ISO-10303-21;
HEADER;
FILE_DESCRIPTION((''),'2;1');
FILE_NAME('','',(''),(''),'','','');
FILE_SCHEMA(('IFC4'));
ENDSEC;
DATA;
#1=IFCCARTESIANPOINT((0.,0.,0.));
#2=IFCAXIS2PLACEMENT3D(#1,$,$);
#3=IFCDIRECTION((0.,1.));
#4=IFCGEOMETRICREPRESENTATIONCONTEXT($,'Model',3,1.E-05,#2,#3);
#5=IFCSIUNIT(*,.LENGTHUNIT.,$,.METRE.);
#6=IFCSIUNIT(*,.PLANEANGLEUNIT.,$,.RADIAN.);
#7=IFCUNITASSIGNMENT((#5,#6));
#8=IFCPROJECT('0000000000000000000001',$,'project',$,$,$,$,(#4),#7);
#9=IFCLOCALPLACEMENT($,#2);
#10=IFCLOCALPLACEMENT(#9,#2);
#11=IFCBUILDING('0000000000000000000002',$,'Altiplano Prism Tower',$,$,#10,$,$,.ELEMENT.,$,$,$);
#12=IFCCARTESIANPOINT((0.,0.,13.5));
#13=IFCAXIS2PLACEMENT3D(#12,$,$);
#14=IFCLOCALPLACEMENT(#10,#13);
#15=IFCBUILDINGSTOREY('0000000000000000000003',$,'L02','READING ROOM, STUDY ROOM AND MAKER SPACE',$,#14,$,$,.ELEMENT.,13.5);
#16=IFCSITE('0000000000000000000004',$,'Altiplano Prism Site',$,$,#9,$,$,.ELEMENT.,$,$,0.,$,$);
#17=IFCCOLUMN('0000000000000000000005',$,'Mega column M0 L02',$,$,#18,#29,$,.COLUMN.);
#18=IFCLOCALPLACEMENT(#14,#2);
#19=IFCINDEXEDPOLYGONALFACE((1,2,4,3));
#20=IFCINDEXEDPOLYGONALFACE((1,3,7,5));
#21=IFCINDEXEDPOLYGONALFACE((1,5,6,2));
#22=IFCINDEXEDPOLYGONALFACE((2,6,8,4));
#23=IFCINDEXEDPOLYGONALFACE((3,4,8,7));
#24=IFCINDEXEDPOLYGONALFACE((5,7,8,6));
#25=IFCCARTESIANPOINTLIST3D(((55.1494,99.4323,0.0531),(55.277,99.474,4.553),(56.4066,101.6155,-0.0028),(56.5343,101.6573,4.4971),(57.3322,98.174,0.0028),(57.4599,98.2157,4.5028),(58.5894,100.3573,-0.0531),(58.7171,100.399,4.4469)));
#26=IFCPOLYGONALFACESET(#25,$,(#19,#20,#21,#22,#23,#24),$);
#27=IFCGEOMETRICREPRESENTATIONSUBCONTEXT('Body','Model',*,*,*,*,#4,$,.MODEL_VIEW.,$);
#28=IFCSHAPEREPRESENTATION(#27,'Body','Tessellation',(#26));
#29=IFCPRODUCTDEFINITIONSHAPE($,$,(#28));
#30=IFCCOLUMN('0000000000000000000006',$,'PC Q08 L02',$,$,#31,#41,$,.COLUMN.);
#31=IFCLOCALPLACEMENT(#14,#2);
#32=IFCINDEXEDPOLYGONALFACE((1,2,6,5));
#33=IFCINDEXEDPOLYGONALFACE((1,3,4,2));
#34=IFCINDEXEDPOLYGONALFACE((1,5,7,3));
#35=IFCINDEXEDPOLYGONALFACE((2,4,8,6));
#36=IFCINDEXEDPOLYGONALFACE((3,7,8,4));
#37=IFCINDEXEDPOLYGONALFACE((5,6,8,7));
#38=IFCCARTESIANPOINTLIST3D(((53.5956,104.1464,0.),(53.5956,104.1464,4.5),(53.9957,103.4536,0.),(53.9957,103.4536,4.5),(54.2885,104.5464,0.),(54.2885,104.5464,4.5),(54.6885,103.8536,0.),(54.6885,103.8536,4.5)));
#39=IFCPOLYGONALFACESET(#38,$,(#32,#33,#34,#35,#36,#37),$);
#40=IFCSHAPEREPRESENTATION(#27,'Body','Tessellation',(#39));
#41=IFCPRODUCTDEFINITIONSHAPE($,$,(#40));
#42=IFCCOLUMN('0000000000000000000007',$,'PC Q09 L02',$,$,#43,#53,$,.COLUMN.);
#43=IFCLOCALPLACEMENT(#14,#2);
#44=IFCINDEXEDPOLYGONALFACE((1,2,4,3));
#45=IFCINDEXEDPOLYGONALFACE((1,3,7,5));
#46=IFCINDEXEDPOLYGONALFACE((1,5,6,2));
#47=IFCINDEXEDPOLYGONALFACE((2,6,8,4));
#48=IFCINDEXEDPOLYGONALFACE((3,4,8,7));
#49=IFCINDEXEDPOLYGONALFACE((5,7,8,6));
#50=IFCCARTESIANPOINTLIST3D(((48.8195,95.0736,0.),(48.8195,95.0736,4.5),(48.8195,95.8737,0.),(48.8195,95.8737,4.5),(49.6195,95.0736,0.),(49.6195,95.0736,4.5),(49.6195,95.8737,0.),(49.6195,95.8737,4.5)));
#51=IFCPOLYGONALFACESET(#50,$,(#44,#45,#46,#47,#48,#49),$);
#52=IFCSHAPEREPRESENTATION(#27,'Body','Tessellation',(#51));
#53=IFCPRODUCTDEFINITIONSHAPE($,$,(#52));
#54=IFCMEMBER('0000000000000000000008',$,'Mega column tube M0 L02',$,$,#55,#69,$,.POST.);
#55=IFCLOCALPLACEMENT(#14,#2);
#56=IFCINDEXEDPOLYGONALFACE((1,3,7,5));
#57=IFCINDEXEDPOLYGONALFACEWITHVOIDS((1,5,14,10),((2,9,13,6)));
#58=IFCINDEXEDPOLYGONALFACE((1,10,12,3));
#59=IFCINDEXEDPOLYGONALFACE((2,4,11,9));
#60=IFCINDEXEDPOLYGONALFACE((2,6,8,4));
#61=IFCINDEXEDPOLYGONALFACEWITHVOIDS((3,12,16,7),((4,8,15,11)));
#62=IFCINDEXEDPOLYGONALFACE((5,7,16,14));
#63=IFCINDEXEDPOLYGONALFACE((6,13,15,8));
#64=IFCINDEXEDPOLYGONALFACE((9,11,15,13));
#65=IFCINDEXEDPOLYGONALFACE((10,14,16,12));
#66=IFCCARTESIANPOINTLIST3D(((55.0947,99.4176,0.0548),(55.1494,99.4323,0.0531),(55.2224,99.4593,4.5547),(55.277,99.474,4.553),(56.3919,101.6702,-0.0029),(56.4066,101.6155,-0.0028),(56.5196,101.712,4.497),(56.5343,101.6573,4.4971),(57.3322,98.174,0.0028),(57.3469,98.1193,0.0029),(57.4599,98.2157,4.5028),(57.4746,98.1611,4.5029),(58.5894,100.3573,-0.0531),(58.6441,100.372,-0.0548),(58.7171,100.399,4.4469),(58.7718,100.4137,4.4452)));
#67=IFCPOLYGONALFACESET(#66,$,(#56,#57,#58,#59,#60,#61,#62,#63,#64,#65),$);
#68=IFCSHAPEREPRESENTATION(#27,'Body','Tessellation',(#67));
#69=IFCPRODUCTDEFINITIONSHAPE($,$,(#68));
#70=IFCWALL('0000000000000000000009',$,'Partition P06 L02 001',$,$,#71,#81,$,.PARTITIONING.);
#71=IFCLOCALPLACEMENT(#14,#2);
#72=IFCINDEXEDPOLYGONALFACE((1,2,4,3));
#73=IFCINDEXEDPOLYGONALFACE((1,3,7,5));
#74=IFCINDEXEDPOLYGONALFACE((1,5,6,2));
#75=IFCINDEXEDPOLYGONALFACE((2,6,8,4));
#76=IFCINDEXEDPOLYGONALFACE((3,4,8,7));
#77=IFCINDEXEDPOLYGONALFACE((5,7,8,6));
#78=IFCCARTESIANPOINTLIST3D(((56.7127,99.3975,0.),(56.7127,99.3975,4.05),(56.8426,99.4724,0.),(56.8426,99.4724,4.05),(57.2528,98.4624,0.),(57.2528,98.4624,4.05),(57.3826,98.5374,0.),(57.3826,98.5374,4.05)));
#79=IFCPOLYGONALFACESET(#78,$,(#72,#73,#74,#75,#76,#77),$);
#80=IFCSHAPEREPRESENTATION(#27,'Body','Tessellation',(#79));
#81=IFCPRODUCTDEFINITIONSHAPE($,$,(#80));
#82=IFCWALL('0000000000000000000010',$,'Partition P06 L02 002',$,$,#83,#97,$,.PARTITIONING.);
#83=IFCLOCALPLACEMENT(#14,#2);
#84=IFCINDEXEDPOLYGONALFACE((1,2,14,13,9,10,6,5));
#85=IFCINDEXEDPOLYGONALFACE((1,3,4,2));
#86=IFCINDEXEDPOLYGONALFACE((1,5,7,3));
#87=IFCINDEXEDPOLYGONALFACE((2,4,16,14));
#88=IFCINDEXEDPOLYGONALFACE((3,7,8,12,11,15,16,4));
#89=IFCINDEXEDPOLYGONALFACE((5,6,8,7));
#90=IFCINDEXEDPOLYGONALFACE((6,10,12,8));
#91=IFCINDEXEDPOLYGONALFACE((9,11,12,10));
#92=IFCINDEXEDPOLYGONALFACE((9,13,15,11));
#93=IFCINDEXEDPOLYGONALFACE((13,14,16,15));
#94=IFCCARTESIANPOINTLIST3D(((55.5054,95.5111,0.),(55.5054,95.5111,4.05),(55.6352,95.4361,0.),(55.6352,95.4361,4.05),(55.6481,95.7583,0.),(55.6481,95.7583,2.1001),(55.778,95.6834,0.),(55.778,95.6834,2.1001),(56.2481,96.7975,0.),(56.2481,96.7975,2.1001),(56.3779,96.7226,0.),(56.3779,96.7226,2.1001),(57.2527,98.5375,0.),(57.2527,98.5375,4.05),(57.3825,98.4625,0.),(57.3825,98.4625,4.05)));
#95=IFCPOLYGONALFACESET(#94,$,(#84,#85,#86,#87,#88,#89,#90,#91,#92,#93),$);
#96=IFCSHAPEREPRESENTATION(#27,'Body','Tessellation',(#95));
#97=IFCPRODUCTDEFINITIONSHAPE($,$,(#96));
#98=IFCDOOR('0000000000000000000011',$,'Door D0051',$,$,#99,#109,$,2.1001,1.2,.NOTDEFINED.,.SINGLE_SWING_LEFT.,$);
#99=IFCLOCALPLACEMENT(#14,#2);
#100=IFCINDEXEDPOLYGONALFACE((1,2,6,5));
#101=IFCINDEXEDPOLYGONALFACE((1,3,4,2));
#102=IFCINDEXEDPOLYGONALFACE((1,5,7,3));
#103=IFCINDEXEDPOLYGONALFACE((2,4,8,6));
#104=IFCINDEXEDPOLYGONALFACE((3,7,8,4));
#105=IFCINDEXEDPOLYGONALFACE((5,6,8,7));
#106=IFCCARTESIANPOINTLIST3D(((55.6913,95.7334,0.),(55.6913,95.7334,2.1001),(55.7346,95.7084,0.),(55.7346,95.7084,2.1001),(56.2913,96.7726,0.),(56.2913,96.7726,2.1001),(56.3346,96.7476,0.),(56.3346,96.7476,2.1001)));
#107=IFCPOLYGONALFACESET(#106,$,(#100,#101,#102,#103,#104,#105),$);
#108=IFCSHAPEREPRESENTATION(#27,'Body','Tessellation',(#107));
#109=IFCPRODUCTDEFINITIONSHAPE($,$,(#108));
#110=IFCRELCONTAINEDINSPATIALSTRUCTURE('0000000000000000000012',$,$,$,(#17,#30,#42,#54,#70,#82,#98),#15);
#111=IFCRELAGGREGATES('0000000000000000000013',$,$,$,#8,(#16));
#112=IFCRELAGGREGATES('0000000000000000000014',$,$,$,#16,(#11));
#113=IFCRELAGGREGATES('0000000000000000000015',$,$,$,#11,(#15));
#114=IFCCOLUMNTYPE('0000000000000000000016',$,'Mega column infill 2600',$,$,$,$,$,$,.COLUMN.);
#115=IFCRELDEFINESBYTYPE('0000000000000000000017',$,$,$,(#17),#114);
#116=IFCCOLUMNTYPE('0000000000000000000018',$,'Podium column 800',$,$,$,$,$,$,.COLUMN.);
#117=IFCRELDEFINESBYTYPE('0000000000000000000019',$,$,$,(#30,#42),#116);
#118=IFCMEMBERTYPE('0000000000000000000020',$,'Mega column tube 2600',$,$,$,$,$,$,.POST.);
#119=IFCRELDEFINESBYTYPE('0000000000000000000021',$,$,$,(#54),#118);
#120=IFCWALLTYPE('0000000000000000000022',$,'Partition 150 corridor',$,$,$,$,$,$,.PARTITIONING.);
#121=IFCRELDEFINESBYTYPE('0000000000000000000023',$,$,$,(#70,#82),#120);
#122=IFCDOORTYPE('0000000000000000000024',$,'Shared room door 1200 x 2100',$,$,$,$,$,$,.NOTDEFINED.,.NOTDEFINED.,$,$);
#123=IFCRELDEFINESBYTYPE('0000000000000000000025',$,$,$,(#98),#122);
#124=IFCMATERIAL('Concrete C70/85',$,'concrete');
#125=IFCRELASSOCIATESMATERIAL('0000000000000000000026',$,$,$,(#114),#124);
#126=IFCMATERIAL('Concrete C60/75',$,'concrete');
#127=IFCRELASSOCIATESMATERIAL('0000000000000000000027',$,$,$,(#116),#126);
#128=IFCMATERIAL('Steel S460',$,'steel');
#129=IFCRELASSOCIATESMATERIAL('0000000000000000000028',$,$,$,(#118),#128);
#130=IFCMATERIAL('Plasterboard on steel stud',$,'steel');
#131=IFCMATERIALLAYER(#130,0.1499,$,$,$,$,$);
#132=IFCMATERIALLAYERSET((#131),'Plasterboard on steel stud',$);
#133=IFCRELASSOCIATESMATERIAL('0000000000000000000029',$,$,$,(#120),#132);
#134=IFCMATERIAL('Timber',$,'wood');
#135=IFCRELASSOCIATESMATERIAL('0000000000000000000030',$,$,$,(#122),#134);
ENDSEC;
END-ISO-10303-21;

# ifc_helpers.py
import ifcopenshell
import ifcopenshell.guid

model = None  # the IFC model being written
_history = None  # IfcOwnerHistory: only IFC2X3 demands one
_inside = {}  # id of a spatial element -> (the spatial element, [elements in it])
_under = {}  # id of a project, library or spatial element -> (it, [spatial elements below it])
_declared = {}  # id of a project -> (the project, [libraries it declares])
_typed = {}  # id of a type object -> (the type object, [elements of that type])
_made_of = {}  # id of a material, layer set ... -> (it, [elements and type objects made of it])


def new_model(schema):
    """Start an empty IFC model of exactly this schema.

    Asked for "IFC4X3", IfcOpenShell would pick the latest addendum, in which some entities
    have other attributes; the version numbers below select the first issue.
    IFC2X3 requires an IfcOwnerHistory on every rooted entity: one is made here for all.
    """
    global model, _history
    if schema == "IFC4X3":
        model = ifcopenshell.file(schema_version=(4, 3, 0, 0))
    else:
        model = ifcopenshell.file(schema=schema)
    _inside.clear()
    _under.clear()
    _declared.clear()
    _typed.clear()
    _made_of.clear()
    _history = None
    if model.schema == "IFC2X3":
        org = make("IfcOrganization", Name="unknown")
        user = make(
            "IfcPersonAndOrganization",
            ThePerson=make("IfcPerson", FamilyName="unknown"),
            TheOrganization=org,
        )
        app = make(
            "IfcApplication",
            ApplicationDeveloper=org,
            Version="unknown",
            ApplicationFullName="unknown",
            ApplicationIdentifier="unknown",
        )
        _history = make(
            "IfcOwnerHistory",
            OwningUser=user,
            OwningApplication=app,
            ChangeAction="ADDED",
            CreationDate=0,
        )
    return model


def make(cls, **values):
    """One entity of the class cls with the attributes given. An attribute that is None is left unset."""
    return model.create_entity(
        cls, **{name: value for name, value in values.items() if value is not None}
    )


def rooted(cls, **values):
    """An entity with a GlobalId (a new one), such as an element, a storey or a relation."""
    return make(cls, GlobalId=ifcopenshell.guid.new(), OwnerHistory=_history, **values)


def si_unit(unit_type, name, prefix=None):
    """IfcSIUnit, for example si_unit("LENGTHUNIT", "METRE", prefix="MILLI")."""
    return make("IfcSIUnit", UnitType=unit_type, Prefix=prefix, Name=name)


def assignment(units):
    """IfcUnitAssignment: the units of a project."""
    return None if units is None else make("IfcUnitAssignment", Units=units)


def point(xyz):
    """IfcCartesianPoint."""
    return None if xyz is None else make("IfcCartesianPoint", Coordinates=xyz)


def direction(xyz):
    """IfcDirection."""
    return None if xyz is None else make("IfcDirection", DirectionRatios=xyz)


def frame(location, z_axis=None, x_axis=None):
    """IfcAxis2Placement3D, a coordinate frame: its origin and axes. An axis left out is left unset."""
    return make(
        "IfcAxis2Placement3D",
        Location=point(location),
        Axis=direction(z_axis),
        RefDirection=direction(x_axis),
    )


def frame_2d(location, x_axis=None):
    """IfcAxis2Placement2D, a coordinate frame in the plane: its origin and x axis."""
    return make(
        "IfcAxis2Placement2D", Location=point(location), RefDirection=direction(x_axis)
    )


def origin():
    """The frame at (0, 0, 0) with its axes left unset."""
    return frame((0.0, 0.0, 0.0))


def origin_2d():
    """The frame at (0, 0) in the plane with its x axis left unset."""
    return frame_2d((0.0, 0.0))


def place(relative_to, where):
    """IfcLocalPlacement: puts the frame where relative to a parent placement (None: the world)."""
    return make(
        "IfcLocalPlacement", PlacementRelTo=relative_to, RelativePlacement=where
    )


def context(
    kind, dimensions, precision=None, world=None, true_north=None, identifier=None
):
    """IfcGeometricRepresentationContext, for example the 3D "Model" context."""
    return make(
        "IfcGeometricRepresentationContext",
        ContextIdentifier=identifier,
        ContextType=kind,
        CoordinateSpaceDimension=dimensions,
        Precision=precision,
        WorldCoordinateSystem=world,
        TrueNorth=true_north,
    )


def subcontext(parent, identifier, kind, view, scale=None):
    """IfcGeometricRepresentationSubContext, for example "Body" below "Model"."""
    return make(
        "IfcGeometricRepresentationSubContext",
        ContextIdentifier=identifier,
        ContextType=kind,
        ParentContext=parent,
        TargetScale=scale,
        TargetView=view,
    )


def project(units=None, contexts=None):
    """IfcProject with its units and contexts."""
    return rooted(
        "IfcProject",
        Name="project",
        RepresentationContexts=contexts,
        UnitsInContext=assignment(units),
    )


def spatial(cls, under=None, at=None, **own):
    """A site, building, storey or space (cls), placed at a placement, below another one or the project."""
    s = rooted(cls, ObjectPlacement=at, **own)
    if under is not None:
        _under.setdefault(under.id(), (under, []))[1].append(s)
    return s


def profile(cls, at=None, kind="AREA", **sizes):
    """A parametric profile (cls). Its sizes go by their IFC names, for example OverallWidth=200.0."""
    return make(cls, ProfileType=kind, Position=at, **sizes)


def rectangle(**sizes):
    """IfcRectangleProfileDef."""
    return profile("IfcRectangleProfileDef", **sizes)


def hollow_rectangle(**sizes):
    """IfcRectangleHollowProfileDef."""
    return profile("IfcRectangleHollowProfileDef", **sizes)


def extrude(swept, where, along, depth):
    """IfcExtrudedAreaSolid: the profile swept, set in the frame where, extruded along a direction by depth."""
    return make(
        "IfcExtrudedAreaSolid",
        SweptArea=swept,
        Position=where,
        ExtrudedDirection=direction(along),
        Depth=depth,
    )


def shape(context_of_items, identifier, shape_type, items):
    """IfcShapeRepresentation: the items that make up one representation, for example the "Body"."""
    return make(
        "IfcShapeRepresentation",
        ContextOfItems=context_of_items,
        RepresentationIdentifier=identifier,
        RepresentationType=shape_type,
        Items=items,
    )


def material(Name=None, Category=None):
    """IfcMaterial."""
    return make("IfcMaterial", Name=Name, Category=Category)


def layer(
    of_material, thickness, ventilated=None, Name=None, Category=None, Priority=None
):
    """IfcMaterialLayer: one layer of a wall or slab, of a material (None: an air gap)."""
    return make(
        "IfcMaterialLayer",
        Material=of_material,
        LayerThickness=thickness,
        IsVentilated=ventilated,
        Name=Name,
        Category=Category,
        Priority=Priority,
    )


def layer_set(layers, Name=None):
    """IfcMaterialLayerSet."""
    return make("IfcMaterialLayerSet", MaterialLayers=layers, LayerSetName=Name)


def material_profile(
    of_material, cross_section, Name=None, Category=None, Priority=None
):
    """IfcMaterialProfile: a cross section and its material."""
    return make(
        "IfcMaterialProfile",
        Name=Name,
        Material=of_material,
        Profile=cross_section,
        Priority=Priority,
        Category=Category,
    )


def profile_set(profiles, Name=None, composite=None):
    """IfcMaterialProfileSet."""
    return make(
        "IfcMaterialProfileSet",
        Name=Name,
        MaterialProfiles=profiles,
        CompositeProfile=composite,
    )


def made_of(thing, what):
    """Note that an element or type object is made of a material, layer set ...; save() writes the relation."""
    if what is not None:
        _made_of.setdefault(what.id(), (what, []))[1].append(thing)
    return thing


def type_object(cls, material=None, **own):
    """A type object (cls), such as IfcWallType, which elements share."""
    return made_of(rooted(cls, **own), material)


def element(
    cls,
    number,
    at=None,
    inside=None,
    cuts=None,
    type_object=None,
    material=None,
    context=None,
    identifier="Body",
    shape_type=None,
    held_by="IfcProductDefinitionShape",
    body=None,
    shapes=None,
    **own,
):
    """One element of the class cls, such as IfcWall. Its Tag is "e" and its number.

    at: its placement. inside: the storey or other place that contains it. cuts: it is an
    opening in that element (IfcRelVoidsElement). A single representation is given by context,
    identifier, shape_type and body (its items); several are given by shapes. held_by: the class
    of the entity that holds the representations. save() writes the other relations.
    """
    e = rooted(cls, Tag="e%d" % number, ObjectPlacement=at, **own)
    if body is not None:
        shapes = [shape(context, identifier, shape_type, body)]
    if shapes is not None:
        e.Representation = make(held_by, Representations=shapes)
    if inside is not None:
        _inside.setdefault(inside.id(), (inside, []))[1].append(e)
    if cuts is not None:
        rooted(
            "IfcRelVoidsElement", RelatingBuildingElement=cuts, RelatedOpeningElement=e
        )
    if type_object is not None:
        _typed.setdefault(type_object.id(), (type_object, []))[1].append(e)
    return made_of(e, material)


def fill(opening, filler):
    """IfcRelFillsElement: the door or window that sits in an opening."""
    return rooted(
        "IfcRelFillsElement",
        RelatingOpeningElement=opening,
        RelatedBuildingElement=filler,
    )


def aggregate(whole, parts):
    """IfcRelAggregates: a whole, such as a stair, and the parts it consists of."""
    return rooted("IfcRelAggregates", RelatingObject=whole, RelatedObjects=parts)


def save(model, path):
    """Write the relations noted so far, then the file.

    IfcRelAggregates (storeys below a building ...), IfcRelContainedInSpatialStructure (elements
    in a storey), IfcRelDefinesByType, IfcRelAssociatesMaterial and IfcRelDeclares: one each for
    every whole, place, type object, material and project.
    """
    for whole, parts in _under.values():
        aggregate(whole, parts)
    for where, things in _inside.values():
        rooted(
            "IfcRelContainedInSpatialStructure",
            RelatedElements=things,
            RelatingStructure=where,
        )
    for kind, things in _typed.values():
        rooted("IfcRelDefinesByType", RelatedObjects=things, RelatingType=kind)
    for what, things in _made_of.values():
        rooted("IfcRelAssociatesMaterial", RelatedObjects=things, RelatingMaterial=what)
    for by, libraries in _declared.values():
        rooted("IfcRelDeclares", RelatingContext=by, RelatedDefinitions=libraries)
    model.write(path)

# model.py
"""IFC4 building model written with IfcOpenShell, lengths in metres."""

from ifc_helpers import new_model, si_unit, direction, frame, frame_2d, origin, origin_2d, place, context, subcontext, project, spatial, rectangle, hollow_rectangle, extrude, material, layer, layer_set, material_profile, profile_set, type_object, element, fill, save


model = new_model("IFC4")

# Units and contexts
model_context = context("Model", 3, precision=1e-05, world=origin(), true_north=direction((0.0, 1.0)))
body_context = subcontext(model_context, "Body", "Model", "MODEL_VIEW")
ifc_project = project(units=[si_unit("LENGTHUNIT", "METRE"), si_unit("PLANEANGLEUNIT", "RADIAN")], contexts=[model_context])

# Site, building, storey
site_placement = place(None, origin())
site = spatial("IfcSite", under=ifc_project, at=site_placement, Name="Altiplano Prism Site", CompositionType="ELEMENT", RefElevation=0.0)
building_placement = place(site_placement, origin())
building = spatial("IfcBuilding", under=site, at=building_placement, Name="Altiplano Prism Tower", CompositionType="ELEMENT")
storey_placement = place(building_placement, frame((0.0, 0.0, 13.5)))
storey = spatial("IfcBuildingStorey", under=building, at=storey_placement, Name="L02", Description="READING ROOM, STUDY ROOM AND MAKER SPACE", CompositionType="ELEMENT", Elevation=13.5)

# Columns
ifc_material_1 = material(Name="Concrete C70/85", Category="concrete")
ifc_material_profile_1 = material_profile(ifc_material_1, rectangle(XDim=2.52, YDim=2.52, at=origin_2d()), Name="Mega column infill 2600")
ifc_profile_set_1 = profile_set([ifc_material_profile_1], Name="Concrete C70/85")
column_type_1 = type_object("IfcColumnType", Name="Mega column infill 2600", PredefinedType="COLUMN", material=ifc_profile_set_1)
column_placement = place(storey_placement, frame((56.8694, 99.8948, 0.0), z_axis=(0.028362, 0.009273, 0.999555), x_axis=(-0.866195, 0.499308, 0.019946)))
element("IfcColumn", 1, at=column_placement, inside=storey, type_object=column_type_1, Name="Mega column M0 L02", PredefinedType="COLUMN", context=body_context, shape_type="SweptSolid", body=[
    extrude(rectangle(XDim=2.52, YDim=2.52, at=origin_2d()), origin(), (0.0, 0.0, 1.0), 4.502),
])
ifc_material_2 = material(Name="Concrete C60/75", Category="concrete")
ifc_material_profile_2 = material_profile(ifc_material_2, rectangle(XDim=0.8, YDim=0.8, at=origin_2d()), Name="Podium column 800")
ifc_profile_set_2 = profile_set([ifc_material_profile_2], Name="Concrete C60/75")
column_type_2 = type_object("IfcColumnType", Name="Podium column 800", PredefinedType="COLUMN", material=ifc_profile_set_2)
for number, where, z_axis, x_axis, name in (
    (2, (54.1421, 104.0, 0.0), (0.0, 0.0, 1.0), (0.866025, 0.5, 0.0), "PC Q08 L02"),
    (3, (49.2195, 95.4736, 0.0), (0.0, 0.0, 1.0), (1.0, 0.0, 0.0), "PC Q09 L02"),
):
    element("IfcColumn", number, at=place(storey_placement, frame(where, z_axis=z_axis, x_axis=x_axis)), inside=storey, type_object=column_type_2, Name=name, PredefinedType="COLUMN", context=body_context, shape_type="SweptSolid", body=[
        extrude(rectangle(XDim=0.8, YDim=0.8, at=origin_2d()), origin(), (0.0, 0.0, 1.0), 4.5),
    ])

# Member
ifc_material_3 = material(Name="Steel S460", Category="steel")
ifc_material_profile_3 = material_profile(ifc_material_3, hollow_rectangle(XDim=2.6001, YDim=2.6001, WallThickness=0.04, at=origin_2d()), Name="Mega column tube 2600")
ifc_profile_set_3 = profile_set([ifc_material_profile_3], Name="Steel S460")
member_type = type_object("IfcMemberType", Name="Mega column tube 2600", PredefinedType="POST", material=ifc_profile_set_3)
member_placement = place(storey_placement, frame((56.8694, 99.8948, 0.0), z_axis=(0.028362, 0.009273, 0.999555), x_axis=(-0.866195, 0.499308, 0.019946)))
element("IfcMember", 4, at=member_placement, inside=storey, type_object=member_type, Name="Mega column tube M0 L02", PredefinedType="POST", context=body_context, shape_type="SweptSolid", body=[
    extrude(hollow_rectangle(XDim=2.6001, YDim=2.6001, WallThickness=0.04, at=origin_2d()), origin(), (0.0, 0.0, 1.0), 4.502),
])

# Wall
ifc_material_4 = material(Name="Plasterboard on steel stud", Category="steel")
ifc_layer_1 = layer(ifc_material_4, 0.1499)
ifc_layer_set_1 = layer_set([ifc_layer_1], Name="Plasterboard on steel stud")
wall_type_1 = type_object("IfcWallType", Name="Partition 150 corridor", PredefinedType="PARTITIONING", material=ifc_layer_set_1)
wall_1_placement = place(storey_placement, frame((56.7776, 99.4351, 0.0), z_axis=(0.0, 0.0, 1.0), x_axis=(0.500127, -0.865952, 0.0)))
element("IfcWall", 5, at=wall_1_placement, inside=storey, type_object=wall_type_1, Name="Partition P06 L02 001", PredefinedType="PARTITIONING", context=body_context, shape_type="SweptSolid", body=[
    extrude(rectangle(XDim=1.0798, YDim=0.1499, at=frame_2d((0.54, 0.0))), origin(), (0.0, 0.0, 1.0), 4.05),
])

# Wall, opening, door
wall_2_placement = place(storey_placement, frame((57.3176, 98.5, 0.0), z_axis=(0.0, 0.0, 1.0), x_axis=(-0.500009, -0.86602, 0.0)))
wall_2 = element("IfcWall", 6, at=wall_2_placement, inside=storey, type_object=wall_type_1, Name="Partition P06 L02 002", PredefinedType="PARTITIONING", context=body_context, shape_type="SweptSolid", body=[
    extrude(rectangle(XDim=3.4946, YDim=0.1499, at=frame_2d((1.7473, 0.0))), origin(), (0.0, 0.0, 1.0), 4.05),
])
opening_1_placement = place(wall_2_placement, frame((2.009, 0.0, 0.0)))
opening_1 = element("IfcOpeningElement", 7, at=opening_1_placement, cuts=wall_2, PredefinedType="OPENING", context=body_context, shape_type="SweptSolid", body=[
    extrude(rectangle(XDim=1.2, YDim=2.1001, at=frame_2d((0.6001, 1.05))), frame((0.0, 0.0854, 0.0), z_axis=(0.0, -1.0, 0.0), x_axis=(1.0, 0.0, 0.0)), (0.0, 0.0, 1.0), 0.1709),
])
ifc_material_5 = material(Name="Timber", Category="wood")
door_type_1 = type_object("IfcDoorType", Name="Shared room door 1200 x 2100", OperationType="NOTDEFINED", PredefinedType="NOTDEFINED", material=ifc_material_5)
door_1_placement = place(opening_1_placement, origin())
door_1 = element("IfcDoor", 8, at=door_1_placement, inside=storey, type_object=door_type_1, Name="Door D0051", OperationType="SINGLE_SWING_LEFT", OverallHeight=2.1001, OverallWidth=1.2, PredefinedType="NOTDEFINED", context=body_context, shape_type="SweptSolid", body=[
    extrude(rectangle(XDim=1.2, YDim=2.1001, at=frame_2d((0.6001, 1.05))), frame((0.0, 0.0249, 0.0), z_axis=(0.0, -1.0, 0.0), x_axis=(1.0, 0.0, 0.0)), (0.0, 0.0, 1.0), 0.05),
])
fill(opening_1, door_1)

save(model, "model.ifc")
